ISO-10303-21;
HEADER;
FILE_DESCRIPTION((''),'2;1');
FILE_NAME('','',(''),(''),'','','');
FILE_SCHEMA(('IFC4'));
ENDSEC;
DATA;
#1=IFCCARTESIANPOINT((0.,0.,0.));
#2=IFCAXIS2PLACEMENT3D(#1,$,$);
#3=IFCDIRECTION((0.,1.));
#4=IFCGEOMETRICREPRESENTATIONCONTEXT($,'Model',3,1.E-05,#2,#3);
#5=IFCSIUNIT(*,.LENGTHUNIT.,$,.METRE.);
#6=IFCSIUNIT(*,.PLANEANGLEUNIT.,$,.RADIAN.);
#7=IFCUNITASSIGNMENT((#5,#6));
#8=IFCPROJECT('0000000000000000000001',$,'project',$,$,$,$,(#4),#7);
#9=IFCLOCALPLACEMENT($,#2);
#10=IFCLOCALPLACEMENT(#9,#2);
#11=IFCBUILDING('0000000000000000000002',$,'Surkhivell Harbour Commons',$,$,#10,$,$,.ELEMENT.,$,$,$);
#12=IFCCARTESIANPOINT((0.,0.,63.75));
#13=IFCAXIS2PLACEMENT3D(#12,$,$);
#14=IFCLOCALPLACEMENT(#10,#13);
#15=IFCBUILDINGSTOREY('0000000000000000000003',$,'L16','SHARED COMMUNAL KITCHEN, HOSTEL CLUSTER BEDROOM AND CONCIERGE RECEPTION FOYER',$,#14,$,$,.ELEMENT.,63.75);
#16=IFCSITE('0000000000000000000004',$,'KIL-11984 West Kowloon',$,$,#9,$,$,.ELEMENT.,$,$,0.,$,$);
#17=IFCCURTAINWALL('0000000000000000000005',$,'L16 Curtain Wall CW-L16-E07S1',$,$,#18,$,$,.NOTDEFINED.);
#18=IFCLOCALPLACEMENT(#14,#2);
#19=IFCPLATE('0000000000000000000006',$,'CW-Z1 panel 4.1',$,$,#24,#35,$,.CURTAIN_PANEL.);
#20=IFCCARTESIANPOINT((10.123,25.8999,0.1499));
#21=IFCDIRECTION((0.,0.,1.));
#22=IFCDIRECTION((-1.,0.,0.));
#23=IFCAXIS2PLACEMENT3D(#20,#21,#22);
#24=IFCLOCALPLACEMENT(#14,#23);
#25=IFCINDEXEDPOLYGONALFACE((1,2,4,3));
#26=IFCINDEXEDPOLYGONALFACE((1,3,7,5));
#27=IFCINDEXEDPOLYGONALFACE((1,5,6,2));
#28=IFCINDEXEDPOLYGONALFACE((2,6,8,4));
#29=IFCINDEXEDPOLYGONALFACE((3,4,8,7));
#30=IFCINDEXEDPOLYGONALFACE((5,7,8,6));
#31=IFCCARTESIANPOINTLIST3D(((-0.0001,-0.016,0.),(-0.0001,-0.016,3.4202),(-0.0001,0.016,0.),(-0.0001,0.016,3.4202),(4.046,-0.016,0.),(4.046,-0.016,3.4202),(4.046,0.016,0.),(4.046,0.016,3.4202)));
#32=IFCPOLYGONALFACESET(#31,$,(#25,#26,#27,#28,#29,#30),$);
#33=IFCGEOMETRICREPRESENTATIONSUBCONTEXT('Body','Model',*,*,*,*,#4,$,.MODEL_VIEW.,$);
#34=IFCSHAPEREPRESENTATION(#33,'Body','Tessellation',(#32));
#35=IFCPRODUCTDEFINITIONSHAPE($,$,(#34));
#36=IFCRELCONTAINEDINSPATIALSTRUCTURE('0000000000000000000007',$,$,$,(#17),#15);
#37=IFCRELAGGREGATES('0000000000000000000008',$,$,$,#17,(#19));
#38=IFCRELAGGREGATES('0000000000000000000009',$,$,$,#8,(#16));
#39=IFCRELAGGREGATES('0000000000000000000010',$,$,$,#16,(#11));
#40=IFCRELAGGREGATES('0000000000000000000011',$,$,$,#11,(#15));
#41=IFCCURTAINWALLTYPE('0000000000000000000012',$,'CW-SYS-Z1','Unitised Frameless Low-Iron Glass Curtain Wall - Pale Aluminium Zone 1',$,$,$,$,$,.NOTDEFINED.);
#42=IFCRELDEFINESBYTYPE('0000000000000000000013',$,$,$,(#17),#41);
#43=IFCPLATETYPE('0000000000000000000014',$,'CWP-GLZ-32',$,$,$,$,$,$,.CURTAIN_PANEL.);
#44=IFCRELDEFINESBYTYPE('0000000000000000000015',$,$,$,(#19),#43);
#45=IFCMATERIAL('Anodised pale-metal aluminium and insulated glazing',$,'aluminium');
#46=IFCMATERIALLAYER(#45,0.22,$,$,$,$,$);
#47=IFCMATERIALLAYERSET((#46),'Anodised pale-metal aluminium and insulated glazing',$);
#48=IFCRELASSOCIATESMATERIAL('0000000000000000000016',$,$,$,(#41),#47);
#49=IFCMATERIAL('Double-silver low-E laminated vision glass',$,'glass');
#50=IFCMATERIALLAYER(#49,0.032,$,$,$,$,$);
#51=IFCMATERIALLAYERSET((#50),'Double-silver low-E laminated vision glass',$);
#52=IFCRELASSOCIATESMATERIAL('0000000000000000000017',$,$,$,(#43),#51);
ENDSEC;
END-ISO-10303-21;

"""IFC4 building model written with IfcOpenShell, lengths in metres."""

from ifc_helpers import new_model, si_unit, direction, frame, frame_2d, origin, place, context, subcontext, project, spatial, rectangle, extrude, material, layer, layer_set, type_object, element, aggregate, save


model = new_model("IFC4")

# Units and contexts
model_context = context("Model", 3, precision=1e-05, world=origin(), true_north=direction((0.0, 1.0)))
body_context = subcontext(model_context, "Body", "Model", "MODEL_VIEW")
ifc_project = project(units=[si_unit("LENGTHUNIT", "METRE"), si_unit("PLANEANGLEUNIT", "RADIAN")], contexts=[model_context])

# Site, building, storey
site_placement = place(None, origin())
site = spatial("IfcSite", under=ifc_project, at=site_placement, Name="KIL-11984 West Kowloon", CompositionType="ELEMENT", RefElevation=0.0)
building_placement = place(site_placement, origin())
building = spatial("IfcBuilding", under=site, at=building_placement, Name="Surkhivell Harbour Commons", CompositionType="ELEMENT")
storey_placement = place(building_placement, frame((0.0, 0.0, 63.75)))
storey = spatial("IfcBuildingStorey", under=building, at=storey_placement, Name="L16", Description="SHARED COMMUNAL KITCHEN, HOSTEL CLUSTER BEDROOM AND CONCIERGE RECEPTION FOYER", CompositionType="ELEMENT", Elevation=63.75)

# Curtain wall
ifc_material_1 = material(Name="Anodised pale-metal aluminium and insulated glazing", Category="aluminium")
ifc_layer_1 = layer(ifc_material_1, 0.22)
ifc_layer_set_1 = layer_set([ifc_layer_1], Name="Anodised pale-metal aluminium and insulated glazing")
curtain_wall_type = type_object("IfcCurtainWallType", Name="CW-SYS-Z1", Description="Unitised Frameless Low-Iron Glass Curtain Wall - Pale Aluminium Zone 1", PredefinedType="NOTDEFINED", material=ifc_layer_set_1)
curtain_wall_placement = place(storey_placement, origin())
curtain_wall = element("IfcCurtainWall", 1, at=curtain_wall_placement, inside=storey, type_object=curtain_wall_type, Name="L16 Curtain Wall CW-L16-E07S1", PredefinedType="NOTDEFINED")

# Plate
ifc_material_2 = material(Name="Double-silver low-E laminated vision glass", Category="glass")
ifc_layer_2 = layer(ifc_material_2, 0.032)
ifc_layer_set_2 = layer_set([ifc_layer_2], Name="Double-silver low-E laminated vision glass")
plate_type_1 = type_object("IfcPlateType", Name="CWP-GLZ-32", PredefinedType="CURTAIN_PANEL", material=ifc_layer_set_2)
plate_placement = place(storey_placement, frame((10.123, 25.8999, 0.1499), z_axis=(0.0, 0.0, 1.0), x_axis=(-1.0, 0.0, 0.0)))
plate = element("IfcPlate", 2, at=plate_placement, type_object=plate_type_1, Name="CW-Z1 panel 4.1", PredefinedType="CURTAIN_PANEL", context=body_context, shape_type="SweptSolid", body=[
    extrude(rectangle(XDim=4.0461, YDim=0.032, at=frame_2d((2.0229, 0.0))), origin(), (0.0, 0.0, 1.0), 3.4202),
])
aggregate(curtain_wall, [plate])

save(model, "model.ifc")
